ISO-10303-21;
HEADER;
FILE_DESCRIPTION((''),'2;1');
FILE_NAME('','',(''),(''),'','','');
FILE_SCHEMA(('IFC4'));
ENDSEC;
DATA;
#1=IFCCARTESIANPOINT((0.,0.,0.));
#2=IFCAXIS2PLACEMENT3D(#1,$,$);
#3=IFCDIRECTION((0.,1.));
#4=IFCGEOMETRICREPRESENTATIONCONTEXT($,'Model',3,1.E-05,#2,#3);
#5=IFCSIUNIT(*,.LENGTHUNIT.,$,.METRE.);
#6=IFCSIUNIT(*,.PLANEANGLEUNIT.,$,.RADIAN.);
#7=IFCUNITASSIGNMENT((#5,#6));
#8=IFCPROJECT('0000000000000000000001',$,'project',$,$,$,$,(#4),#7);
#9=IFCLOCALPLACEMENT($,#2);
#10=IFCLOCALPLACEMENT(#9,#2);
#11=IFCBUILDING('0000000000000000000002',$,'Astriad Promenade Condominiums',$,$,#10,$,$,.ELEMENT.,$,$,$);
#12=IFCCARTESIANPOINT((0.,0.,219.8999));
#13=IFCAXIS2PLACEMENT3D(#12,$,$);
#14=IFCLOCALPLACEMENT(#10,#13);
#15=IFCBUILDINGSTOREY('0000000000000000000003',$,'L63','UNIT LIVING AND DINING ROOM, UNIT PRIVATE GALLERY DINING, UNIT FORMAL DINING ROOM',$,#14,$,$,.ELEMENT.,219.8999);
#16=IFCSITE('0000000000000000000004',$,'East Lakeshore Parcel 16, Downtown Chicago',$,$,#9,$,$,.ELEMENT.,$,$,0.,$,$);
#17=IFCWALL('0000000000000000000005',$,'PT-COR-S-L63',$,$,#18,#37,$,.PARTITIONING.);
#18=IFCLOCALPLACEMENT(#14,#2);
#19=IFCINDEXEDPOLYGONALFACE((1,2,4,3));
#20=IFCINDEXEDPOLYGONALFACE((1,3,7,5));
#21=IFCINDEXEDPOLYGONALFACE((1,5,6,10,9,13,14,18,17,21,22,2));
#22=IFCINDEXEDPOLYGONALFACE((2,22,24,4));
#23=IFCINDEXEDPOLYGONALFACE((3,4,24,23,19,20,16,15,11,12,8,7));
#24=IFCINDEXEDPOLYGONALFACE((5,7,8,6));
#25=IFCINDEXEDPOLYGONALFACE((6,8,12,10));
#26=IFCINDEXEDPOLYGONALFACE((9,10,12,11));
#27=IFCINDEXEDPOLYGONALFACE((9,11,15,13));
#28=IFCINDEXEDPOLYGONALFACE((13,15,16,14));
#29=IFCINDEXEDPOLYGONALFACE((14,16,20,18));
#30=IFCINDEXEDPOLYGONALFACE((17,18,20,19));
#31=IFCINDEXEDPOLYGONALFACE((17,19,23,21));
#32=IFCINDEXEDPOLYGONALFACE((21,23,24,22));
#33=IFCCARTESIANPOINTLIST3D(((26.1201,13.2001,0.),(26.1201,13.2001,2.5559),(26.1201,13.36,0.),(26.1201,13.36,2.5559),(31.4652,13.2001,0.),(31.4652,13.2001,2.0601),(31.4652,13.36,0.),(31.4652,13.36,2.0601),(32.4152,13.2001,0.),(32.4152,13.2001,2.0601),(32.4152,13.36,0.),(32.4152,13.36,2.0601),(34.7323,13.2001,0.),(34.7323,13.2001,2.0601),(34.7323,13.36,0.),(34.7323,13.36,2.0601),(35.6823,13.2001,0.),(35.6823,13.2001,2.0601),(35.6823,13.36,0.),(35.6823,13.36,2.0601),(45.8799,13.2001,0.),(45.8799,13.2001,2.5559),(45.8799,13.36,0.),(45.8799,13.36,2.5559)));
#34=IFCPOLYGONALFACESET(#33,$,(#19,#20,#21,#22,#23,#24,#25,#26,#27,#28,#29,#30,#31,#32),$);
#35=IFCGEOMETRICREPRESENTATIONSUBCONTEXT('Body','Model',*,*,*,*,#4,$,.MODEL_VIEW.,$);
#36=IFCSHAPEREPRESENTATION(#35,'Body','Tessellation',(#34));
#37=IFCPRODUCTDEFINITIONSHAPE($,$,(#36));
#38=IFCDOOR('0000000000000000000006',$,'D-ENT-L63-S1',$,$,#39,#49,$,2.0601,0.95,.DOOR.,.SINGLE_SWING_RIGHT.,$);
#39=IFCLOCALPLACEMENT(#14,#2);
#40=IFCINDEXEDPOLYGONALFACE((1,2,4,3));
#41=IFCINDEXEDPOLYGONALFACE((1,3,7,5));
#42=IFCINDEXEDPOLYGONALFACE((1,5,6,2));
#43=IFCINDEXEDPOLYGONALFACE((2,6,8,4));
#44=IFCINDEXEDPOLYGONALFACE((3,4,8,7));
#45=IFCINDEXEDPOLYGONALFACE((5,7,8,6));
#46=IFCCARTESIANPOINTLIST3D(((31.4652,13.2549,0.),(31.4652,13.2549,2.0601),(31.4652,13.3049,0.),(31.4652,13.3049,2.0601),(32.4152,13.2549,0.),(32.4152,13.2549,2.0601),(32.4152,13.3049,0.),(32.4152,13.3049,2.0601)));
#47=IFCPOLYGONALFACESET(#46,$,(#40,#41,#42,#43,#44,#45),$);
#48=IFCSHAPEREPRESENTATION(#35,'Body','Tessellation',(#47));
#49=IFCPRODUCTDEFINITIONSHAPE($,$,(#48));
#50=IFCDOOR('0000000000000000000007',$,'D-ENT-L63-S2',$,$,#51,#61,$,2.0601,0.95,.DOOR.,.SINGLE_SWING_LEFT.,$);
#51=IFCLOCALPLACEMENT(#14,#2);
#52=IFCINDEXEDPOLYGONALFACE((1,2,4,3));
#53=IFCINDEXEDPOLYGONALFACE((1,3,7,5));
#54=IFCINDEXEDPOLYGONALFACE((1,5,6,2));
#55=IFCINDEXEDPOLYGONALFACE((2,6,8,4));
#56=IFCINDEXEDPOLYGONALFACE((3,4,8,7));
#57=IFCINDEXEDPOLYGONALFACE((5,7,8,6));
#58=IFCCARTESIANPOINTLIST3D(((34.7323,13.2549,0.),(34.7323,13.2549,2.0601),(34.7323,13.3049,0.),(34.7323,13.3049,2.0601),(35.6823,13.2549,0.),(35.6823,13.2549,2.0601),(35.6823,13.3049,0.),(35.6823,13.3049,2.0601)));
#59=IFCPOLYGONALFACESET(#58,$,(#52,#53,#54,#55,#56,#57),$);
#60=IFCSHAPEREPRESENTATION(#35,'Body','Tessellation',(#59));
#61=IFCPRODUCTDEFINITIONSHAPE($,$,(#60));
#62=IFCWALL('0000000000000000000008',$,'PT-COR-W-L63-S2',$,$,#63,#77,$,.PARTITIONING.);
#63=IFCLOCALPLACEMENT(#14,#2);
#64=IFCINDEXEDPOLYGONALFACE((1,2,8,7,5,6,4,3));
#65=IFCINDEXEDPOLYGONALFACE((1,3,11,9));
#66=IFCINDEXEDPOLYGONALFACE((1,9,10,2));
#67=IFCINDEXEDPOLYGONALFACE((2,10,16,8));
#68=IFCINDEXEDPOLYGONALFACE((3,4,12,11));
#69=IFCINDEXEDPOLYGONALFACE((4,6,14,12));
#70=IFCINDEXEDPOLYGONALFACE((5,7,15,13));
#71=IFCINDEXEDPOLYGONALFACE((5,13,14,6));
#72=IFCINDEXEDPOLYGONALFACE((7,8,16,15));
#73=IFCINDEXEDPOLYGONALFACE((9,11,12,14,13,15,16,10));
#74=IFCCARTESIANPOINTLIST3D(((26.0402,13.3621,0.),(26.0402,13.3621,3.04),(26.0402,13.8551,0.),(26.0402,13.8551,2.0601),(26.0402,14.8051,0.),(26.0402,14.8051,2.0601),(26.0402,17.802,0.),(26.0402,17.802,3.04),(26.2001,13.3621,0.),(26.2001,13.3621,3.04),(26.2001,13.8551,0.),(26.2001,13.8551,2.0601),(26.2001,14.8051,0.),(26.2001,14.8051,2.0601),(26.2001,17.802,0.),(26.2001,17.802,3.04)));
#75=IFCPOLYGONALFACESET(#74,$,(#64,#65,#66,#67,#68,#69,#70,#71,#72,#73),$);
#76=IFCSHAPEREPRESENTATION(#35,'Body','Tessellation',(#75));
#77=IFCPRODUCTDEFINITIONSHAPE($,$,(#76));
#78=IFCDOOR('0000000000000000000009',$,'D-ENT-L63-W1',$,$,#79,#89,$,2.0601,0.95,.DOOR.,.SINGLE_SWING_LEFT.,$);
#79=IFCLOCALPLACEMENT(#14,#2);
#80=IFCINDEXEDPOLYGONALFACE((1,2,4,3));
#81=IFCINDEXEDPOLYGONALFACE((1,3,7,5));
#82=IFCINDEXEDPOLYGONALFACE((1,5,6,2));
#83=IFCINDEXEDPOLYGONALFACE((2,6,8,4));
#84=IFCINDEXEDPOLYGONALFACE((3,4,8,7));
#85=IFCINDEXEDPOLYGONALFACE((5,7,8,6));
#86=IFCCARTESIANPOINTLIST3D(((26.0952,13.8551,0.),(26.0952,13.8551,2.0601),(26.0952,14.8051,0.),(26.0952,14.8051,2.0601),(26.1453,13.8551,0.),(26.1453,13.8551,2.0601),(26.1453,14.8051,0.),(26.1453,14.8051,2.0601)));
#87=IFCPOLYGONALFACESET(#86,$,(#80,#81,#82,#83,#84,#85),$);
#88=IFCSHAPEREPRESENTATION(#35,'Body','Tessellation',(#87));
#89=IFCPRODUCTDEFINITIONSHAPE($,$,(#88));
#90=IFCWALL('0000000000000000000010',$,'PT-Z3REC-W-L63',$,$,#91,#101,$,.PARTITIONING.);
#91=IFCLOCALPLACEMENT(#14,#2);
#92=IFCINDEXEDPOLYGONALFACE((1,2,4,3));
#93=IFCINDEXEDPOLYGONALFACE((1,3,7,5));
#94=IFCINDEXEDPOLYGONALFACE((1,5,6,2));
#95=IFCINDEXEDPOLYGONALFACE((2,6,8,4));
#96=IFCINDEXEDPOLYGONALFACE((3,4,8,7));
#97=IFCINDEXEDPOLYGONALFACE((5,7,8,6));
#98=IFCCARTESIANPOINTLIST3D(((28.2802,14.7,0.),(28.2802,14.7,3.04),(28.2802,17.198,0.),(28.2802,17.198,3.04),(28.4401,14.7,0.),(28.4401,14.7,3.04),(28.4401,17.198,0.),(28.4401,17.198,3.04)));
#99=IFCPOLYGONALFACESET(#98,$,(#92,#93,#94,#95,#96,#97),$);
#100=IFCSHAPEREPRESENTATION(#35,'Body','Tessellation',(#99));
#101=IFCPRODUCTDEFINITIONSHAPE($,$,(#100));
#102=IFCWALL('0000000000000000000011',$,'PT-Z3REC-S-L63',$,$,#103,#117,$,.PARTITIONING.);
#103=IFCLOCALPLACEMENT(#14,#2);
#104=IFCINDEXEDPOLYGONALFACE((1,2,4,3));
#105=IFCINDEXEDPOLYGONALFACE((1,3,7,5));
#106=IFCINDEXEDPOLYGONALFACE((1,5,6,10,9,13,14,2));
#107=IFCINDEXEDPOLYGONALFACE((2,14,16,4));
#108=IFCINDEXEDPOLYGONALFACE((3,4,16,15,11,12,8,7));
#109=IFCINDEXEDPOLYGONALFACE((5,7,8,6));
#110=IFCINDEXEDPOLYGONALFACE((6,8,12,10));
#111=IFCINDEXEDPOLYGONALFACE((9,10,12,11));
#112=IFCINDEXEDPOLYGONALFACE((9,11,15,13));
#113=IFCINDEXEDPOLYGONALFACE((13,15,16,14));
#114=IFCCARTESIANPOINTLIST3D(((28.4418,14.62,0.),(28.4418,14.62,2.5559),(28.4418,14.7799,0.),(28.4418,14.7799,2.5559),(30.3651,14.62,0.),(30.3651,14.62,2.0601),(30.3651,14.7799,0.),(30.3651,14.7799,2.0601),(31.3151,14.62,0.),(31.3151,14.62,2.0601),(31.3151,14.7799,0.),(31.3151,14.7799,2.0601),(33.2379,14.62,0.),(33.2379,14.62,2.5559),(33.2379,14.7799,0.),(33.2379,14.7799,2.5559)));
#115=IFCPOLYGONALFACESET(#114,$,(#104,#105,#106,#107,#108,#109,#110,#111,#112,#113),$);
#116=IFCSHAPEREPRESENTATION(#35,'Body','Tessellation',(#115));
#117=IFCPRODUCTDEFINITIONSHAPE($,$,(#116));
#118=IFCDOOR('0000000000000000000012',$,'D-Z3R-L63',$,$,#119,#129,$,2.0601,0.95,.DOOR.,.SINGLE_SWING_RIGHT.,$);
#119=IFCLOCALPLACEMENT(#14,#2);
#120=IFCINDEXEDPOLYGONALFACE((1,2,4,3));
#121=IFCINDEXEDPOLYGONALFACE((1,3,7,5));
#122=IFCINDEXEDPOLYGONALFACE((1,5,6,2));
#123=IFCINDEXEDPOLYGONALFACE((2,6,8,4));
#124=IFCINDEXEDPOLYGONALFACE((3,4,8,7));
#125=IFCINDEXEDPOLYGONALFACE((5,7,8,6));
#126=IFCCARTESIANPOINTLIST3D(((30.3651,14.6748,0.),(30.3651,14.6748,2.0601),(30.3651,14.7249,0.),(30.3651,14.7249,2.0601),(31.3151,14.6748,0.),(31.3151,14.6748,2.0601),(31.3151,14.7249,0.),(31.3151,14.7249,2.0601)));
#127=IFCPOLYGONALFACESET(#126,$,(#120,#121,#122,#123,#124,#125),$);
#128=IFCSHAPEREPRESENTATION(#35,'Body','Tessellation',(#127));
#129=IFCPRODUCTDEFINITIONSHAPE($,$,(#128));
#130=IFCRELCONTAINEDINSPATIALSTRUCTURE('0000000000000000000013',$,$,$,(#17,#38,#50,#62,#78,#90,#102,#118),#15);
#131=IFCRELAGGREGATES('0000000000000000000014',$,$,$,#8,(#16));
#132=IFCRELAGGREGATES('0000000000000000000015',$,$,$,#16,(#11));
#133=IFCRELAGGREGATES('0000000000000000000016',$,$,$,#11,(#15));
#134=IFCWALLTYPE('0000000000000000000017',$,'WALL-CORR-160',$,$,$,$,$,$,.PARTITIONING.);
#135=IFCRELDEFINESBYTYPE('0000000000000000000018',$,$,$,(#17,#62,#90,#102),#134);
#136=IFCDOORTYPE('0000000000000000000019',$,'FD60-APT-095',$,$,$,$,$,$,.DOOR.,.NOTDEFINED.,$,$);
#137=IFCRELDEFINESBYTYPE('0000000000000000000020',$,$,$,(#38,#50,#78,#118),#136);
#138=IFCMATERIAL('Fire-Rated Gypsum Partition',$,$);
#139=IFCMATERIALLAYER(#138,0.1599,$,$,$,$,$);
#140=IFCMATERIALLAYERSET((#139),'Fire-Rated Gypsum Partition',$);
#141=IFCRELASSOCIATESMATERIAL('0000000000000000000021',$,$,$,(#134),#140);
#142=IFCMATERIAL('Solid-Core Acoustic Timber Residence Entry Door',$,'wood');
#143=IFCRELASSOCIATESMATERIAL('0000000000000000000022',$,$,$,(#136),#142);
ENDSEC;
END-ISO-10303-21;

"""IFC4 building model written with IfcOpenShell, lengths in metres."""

from ifc_helpers import new_model, si_unit, direction, frame, frame_2d, origin, place, context, subcontext, project, spatial, rectangle, extrude, source, transform, mapped, material, layer, layer_set, type_object, type_shapes, element, fill, save


model = new_model("IFC4")

# Units and contexts
model_context = context("Model", 3, precision=1e-05, world=origin(), true_north=direction((0.0, 1.0)))
body_context = subcontext(model_context, "Body", "Model", "MODEL_VIEW")
ifc_project = project(units=[si_unit("LENGTHUNIT", "METRE"), si_unit("PLANEANGLEUNIT", "RADIAN")], contexts=[model_context])

# Site, building, storey
site_placement = place(None, origin())
site = spatial("IfcSite", under=ifc_project, at=site_placement, Name="East Lakeshore Parcel 16, Downtown Chicago", CompositionType="ELEMENT", RefElevation=0.0)
building_placement = place(site_placement, origin())
building = spatial("IfcBuilding", under=site, at=building_placement, Name="Astriad Promenade Condominiums", CompositionType="ELEMENT")
storey_placement = place(building_placement, frame((0.0, 0.0, 219.8999)))
storey = spatial("IfcBuildingStorey", under=building, at=storey_placement, Name="L63", Description="UNIT LIVING AND DINING ROOM, UNIT PRIVATE GALLERY DINING, UNIT FORMAL DINING ROOM", CompositionType="ELEMENT", Elevation=219.8999)

# Wall, openings, doors
ifc_material_1 = material(Name="Fire-Rated Gypsum Partition")
ifc_layer_1 = layer(ifc_material_1, 0.1599)
ifc_layer_set_1 = layer_set([ifc_layer_1], Name="Fire-Rated Gypsum Partition")
wall_type_1 = type_object("IfcWallType", Name="WALL-CORR-160", PredefinedType="PARTITIONING", material=ifc_layer_set_1)
wall_1_placement = place(storey_placement, frame((26.1201, 13.28, 0.0), z_axis=(0.0, 0.0, 1.0), x_axis=(1.0, 0.0, 0.0)))
wall_1 = element("IfcWall", 1, at=wall_1_placement, inside=storey, type_object=wall_type_1, Name="PT-COR-S-L63", PredefinedType="PARTITIONING", context=body_context, shape_type="SweptSolid", body=[
    extrude(rectangle(XDim=19.7598, YDim=0.1599, at=frame_2d((9.8799, 0.0))), origin(), (0.0, 0.0, 1.0), 2.5559),
])
opening_1_placement = place(wall_1_placement, frame((5.345, 0.0, 0.0)))
opening_1 = element("IfcOpeningElement", 2, at=opening_1_placement, cuts=wall_1, PredefinedType="OPENING", context=body_context, shape_type="SweptSolid", body=[
    extrude(rectangle(XDim=0.95, YDim=2.0601, at=frame_2d((0.4751, 1.03))), frame((0.0, 0.0898, 0.0), z_axis=(0.0, -1.0, 0.0), x_axis=(1.0, 0.0, 0.0)), (0.0, 0.0, 1.0), 0.1799),
])
opening_2_placement = place(wall_1_placement, frame((8.6121, 0.0, 0.0)))
opening_2 = element("IfcOpeningElement", 3, at=opening_2_placement, cuts=wall_1, PredefinedType="OPENING", context=body_context, shape_type="SweptSolid", body=[
    extrude(rectangle(XDim=0.95, YDim=2.0601, at=frame_2d((0.4751, 1.03))), frame((0.0, 0.0898, 0.0), z_axis=(0.0, -1.0, 0.0), x_axis=(1.0, 0.0, 0.0)), (0.0, 0.0, 1.0), 0.1799),
])
ifc_material_2 = material(Name="Solid-Core Acoustic Timber Residence Entry Door", Category="wood")
door_type_1 = type_object("IfcDoorType", Name="FD60-APT-095", OperationType="NOTDEFINED", PredefinedType="DOOR", material=ifc_material_2)
shared_shape_1 = source(origin(), body_context, "Body", "SweptSolid", [
    extrude(rectangle(XDim=0.95, YDim=2.0601, at=frame_2d((0.4751, 1.03))), frame((0.0, 0.0249, 0.0), z_axis=(0.0, -1.0, 0.0), x_axis=(1.0, 0.0, 0.0)), (0.0, 0.0, 1.0), 0.05),
])
type_shapes(door_type_1, [shared_shape_1])
door_1_placement = place(opening_1_placement, origin())
door_1 = element("IfcDoor", 4, at=door_1_placement, inside=storey, type_object=door_type_1, Name="D-ENT-L63-S1", OperationType="SINGLE_SWING_RIGHT", OverallHeight=2.0601, OverallWidth=0.95, PredefinedType="DOOR", context=body_context, shape_type="MappedRepresentation", body=[
    mapped(shared_shape_1, transform((0.0, 0.0, 0.0), scale=1.0)),
])
fill(opening_1, door_1)
door_2_placement = place(opening_2_placement, origin())
door_2 = element("IfcDoor", 5, at=door_2_placement, inside=storey, type_object=door_type_1, Name="D-ENT-L63-S2", OperationType="SINGLE_SWING_LEFT", OverallHeight=2.0601, OverallWidth=0.95, PredefinedType="DOOR", context=body_context, shape_type="MappedRepresentation", body=[
    mapped(shared_shape_1, transform((0.0, 0.0, 0.0), scale=1.0)),
])
fill(opening_2, door_2)

# Wall, opening, door
wall_2_placement = place(storey_placement, frame((26.1201, 13.3621, 0.0), z_axis=(0.0, 0.0, 1.0), x_axis=(0.0, 1.0, 0.0)))
wall_2 = element("IfcWall", 6, at=wall_2_placement, inside=storey, type_object=wall_type_1, Name="PT-COR-W-L63-S2", PredefinedType="PARTITIONING", context=body_context, shape_type="SweptSolid", body=[
    extrude(rectangle(XDim=4.4399, YDim=0.1599, at=frame_2d((2.22, 0.0))), origin(), (0.0, 0.0, 1.0), 3.04),
])
opening_3_placement = place(wall_2_placement, frame((0.4929, 0.0, 0.0)))
opening_3 = element("IfcOpeningElement", 7, at=opening_3_placement, cuts=wall_2, PredefinedType="OPENING", context=body_context, shape_type="SweptSolid", body=[
    extrude(rectangle(XDim=0.95, YDim=2.0601, at=frame_2d((0.4751, 1.03))), frame((0.0, 0.0898, 0.0), z_axis=(0.0, -1.0, 0.0), x_axis=(1.0, 0.0, 0.0)), (0.0, 0.0, 1.0), 0.1799),
])
door_3_placement = place(opening_3_placement, origin())
door_3 = element("IfcDoor", 8, at=door_3_placement, inside=storey, type_object=door_type_1, Name="D-ENT-L63-W1", OperationType="SINGLE_SWING_LEFT", OverallHeight=2.0601, OverallWidth=0.95, PredefinedType="DOOR", context=body_context, shape_type="MappedRepresentation", body=[
    mapped(shared_shape_1, transform((0.0, 0.0, 0.0), scale=1.0)),
])
fill(opening_3, door_3)

# Wall
wall_3_placement = place(storey_placement, frame((28.3601, 14.7, 0.0), z_axis=(0.0, 0.0, 1.0), x_axis=(0.0, 1.0, 0.0)))
element("IfcWall", 9, at=wall_3_placement, inside=storey, type_object=wall_type_1, Name="PT-Z3REC-W-L63", PredefinedType="PARTITIONING", context=body_context, shape_type="SweptSolid", body=[
    extrude(rectangle(XDim=2.498, YDim=0.1599, at=frame_2d((1.249, 0.0))), origin(), (0.0, 0.0, 1.0), 3.04),
])

# Wall, opening, door
wall_4_placement = place(storey_placement, frame((28.4419, 14.7, 0.0), z_axis=(0.0, 0.0, 1.0), x_axis=(1.0, 0.0, 0.0)))
wall_4 = element("IfcWall", 10, at=wall_4_placement, inside=storey, type_object=wall_type_1, Name="PT-Z3REC-S-L63", PredefinedType="PARTITIONING", context=body_context, shape_type="SweptSolid", body=[
    extrude(rectangle(XDim=4.7961, YDim=0.1599, at=frame_2d((2.3979, 0.0))), origin(), (0.0, 0.0, 1.0), 2.5559),
])
opening_4_placement = place(wall_4_placement, frame((1.9231, 0.0, 0.0)))
opening_4 = element("IfcOpeningElement", 11, at=opening_4_placement, cuts=wall_4, PredefinedType="OPENING", context=body_context, shape_type="SweptSolid", body=[
    extrude(rectangle(XDim=0.95, YDim=2.0601, at=frame_2d((0.4751, 1.03))), frame((0.0, 0.0898, 0.0), z_axis=(0.0, -1.0, 0.0), x_axis=(1.0, 0.0, 0.0)), (0.0, 0.0, 1.0), 0.1799),
])
door_4_placement = place(opening_4_placement, origin())
door_4 = element("IfcDoor", 12, at=door_4_placement, inside=storey, type_object=door_type_1, Name="D-Z3R-L63", OperationType="SINGLE_SWING_RIGHT", OverallHeight=2.0601, OverallWidth=0.95, PredefinedType="DOOR", context=body_context, shape_type="MappedRepresentation", body=[
    mapped(shared_shape_1, transform((0.0, 0.0, 0.0), scale=1.0)),
])
fill(opening_4, door_4)

save(model, "model.ifc")
